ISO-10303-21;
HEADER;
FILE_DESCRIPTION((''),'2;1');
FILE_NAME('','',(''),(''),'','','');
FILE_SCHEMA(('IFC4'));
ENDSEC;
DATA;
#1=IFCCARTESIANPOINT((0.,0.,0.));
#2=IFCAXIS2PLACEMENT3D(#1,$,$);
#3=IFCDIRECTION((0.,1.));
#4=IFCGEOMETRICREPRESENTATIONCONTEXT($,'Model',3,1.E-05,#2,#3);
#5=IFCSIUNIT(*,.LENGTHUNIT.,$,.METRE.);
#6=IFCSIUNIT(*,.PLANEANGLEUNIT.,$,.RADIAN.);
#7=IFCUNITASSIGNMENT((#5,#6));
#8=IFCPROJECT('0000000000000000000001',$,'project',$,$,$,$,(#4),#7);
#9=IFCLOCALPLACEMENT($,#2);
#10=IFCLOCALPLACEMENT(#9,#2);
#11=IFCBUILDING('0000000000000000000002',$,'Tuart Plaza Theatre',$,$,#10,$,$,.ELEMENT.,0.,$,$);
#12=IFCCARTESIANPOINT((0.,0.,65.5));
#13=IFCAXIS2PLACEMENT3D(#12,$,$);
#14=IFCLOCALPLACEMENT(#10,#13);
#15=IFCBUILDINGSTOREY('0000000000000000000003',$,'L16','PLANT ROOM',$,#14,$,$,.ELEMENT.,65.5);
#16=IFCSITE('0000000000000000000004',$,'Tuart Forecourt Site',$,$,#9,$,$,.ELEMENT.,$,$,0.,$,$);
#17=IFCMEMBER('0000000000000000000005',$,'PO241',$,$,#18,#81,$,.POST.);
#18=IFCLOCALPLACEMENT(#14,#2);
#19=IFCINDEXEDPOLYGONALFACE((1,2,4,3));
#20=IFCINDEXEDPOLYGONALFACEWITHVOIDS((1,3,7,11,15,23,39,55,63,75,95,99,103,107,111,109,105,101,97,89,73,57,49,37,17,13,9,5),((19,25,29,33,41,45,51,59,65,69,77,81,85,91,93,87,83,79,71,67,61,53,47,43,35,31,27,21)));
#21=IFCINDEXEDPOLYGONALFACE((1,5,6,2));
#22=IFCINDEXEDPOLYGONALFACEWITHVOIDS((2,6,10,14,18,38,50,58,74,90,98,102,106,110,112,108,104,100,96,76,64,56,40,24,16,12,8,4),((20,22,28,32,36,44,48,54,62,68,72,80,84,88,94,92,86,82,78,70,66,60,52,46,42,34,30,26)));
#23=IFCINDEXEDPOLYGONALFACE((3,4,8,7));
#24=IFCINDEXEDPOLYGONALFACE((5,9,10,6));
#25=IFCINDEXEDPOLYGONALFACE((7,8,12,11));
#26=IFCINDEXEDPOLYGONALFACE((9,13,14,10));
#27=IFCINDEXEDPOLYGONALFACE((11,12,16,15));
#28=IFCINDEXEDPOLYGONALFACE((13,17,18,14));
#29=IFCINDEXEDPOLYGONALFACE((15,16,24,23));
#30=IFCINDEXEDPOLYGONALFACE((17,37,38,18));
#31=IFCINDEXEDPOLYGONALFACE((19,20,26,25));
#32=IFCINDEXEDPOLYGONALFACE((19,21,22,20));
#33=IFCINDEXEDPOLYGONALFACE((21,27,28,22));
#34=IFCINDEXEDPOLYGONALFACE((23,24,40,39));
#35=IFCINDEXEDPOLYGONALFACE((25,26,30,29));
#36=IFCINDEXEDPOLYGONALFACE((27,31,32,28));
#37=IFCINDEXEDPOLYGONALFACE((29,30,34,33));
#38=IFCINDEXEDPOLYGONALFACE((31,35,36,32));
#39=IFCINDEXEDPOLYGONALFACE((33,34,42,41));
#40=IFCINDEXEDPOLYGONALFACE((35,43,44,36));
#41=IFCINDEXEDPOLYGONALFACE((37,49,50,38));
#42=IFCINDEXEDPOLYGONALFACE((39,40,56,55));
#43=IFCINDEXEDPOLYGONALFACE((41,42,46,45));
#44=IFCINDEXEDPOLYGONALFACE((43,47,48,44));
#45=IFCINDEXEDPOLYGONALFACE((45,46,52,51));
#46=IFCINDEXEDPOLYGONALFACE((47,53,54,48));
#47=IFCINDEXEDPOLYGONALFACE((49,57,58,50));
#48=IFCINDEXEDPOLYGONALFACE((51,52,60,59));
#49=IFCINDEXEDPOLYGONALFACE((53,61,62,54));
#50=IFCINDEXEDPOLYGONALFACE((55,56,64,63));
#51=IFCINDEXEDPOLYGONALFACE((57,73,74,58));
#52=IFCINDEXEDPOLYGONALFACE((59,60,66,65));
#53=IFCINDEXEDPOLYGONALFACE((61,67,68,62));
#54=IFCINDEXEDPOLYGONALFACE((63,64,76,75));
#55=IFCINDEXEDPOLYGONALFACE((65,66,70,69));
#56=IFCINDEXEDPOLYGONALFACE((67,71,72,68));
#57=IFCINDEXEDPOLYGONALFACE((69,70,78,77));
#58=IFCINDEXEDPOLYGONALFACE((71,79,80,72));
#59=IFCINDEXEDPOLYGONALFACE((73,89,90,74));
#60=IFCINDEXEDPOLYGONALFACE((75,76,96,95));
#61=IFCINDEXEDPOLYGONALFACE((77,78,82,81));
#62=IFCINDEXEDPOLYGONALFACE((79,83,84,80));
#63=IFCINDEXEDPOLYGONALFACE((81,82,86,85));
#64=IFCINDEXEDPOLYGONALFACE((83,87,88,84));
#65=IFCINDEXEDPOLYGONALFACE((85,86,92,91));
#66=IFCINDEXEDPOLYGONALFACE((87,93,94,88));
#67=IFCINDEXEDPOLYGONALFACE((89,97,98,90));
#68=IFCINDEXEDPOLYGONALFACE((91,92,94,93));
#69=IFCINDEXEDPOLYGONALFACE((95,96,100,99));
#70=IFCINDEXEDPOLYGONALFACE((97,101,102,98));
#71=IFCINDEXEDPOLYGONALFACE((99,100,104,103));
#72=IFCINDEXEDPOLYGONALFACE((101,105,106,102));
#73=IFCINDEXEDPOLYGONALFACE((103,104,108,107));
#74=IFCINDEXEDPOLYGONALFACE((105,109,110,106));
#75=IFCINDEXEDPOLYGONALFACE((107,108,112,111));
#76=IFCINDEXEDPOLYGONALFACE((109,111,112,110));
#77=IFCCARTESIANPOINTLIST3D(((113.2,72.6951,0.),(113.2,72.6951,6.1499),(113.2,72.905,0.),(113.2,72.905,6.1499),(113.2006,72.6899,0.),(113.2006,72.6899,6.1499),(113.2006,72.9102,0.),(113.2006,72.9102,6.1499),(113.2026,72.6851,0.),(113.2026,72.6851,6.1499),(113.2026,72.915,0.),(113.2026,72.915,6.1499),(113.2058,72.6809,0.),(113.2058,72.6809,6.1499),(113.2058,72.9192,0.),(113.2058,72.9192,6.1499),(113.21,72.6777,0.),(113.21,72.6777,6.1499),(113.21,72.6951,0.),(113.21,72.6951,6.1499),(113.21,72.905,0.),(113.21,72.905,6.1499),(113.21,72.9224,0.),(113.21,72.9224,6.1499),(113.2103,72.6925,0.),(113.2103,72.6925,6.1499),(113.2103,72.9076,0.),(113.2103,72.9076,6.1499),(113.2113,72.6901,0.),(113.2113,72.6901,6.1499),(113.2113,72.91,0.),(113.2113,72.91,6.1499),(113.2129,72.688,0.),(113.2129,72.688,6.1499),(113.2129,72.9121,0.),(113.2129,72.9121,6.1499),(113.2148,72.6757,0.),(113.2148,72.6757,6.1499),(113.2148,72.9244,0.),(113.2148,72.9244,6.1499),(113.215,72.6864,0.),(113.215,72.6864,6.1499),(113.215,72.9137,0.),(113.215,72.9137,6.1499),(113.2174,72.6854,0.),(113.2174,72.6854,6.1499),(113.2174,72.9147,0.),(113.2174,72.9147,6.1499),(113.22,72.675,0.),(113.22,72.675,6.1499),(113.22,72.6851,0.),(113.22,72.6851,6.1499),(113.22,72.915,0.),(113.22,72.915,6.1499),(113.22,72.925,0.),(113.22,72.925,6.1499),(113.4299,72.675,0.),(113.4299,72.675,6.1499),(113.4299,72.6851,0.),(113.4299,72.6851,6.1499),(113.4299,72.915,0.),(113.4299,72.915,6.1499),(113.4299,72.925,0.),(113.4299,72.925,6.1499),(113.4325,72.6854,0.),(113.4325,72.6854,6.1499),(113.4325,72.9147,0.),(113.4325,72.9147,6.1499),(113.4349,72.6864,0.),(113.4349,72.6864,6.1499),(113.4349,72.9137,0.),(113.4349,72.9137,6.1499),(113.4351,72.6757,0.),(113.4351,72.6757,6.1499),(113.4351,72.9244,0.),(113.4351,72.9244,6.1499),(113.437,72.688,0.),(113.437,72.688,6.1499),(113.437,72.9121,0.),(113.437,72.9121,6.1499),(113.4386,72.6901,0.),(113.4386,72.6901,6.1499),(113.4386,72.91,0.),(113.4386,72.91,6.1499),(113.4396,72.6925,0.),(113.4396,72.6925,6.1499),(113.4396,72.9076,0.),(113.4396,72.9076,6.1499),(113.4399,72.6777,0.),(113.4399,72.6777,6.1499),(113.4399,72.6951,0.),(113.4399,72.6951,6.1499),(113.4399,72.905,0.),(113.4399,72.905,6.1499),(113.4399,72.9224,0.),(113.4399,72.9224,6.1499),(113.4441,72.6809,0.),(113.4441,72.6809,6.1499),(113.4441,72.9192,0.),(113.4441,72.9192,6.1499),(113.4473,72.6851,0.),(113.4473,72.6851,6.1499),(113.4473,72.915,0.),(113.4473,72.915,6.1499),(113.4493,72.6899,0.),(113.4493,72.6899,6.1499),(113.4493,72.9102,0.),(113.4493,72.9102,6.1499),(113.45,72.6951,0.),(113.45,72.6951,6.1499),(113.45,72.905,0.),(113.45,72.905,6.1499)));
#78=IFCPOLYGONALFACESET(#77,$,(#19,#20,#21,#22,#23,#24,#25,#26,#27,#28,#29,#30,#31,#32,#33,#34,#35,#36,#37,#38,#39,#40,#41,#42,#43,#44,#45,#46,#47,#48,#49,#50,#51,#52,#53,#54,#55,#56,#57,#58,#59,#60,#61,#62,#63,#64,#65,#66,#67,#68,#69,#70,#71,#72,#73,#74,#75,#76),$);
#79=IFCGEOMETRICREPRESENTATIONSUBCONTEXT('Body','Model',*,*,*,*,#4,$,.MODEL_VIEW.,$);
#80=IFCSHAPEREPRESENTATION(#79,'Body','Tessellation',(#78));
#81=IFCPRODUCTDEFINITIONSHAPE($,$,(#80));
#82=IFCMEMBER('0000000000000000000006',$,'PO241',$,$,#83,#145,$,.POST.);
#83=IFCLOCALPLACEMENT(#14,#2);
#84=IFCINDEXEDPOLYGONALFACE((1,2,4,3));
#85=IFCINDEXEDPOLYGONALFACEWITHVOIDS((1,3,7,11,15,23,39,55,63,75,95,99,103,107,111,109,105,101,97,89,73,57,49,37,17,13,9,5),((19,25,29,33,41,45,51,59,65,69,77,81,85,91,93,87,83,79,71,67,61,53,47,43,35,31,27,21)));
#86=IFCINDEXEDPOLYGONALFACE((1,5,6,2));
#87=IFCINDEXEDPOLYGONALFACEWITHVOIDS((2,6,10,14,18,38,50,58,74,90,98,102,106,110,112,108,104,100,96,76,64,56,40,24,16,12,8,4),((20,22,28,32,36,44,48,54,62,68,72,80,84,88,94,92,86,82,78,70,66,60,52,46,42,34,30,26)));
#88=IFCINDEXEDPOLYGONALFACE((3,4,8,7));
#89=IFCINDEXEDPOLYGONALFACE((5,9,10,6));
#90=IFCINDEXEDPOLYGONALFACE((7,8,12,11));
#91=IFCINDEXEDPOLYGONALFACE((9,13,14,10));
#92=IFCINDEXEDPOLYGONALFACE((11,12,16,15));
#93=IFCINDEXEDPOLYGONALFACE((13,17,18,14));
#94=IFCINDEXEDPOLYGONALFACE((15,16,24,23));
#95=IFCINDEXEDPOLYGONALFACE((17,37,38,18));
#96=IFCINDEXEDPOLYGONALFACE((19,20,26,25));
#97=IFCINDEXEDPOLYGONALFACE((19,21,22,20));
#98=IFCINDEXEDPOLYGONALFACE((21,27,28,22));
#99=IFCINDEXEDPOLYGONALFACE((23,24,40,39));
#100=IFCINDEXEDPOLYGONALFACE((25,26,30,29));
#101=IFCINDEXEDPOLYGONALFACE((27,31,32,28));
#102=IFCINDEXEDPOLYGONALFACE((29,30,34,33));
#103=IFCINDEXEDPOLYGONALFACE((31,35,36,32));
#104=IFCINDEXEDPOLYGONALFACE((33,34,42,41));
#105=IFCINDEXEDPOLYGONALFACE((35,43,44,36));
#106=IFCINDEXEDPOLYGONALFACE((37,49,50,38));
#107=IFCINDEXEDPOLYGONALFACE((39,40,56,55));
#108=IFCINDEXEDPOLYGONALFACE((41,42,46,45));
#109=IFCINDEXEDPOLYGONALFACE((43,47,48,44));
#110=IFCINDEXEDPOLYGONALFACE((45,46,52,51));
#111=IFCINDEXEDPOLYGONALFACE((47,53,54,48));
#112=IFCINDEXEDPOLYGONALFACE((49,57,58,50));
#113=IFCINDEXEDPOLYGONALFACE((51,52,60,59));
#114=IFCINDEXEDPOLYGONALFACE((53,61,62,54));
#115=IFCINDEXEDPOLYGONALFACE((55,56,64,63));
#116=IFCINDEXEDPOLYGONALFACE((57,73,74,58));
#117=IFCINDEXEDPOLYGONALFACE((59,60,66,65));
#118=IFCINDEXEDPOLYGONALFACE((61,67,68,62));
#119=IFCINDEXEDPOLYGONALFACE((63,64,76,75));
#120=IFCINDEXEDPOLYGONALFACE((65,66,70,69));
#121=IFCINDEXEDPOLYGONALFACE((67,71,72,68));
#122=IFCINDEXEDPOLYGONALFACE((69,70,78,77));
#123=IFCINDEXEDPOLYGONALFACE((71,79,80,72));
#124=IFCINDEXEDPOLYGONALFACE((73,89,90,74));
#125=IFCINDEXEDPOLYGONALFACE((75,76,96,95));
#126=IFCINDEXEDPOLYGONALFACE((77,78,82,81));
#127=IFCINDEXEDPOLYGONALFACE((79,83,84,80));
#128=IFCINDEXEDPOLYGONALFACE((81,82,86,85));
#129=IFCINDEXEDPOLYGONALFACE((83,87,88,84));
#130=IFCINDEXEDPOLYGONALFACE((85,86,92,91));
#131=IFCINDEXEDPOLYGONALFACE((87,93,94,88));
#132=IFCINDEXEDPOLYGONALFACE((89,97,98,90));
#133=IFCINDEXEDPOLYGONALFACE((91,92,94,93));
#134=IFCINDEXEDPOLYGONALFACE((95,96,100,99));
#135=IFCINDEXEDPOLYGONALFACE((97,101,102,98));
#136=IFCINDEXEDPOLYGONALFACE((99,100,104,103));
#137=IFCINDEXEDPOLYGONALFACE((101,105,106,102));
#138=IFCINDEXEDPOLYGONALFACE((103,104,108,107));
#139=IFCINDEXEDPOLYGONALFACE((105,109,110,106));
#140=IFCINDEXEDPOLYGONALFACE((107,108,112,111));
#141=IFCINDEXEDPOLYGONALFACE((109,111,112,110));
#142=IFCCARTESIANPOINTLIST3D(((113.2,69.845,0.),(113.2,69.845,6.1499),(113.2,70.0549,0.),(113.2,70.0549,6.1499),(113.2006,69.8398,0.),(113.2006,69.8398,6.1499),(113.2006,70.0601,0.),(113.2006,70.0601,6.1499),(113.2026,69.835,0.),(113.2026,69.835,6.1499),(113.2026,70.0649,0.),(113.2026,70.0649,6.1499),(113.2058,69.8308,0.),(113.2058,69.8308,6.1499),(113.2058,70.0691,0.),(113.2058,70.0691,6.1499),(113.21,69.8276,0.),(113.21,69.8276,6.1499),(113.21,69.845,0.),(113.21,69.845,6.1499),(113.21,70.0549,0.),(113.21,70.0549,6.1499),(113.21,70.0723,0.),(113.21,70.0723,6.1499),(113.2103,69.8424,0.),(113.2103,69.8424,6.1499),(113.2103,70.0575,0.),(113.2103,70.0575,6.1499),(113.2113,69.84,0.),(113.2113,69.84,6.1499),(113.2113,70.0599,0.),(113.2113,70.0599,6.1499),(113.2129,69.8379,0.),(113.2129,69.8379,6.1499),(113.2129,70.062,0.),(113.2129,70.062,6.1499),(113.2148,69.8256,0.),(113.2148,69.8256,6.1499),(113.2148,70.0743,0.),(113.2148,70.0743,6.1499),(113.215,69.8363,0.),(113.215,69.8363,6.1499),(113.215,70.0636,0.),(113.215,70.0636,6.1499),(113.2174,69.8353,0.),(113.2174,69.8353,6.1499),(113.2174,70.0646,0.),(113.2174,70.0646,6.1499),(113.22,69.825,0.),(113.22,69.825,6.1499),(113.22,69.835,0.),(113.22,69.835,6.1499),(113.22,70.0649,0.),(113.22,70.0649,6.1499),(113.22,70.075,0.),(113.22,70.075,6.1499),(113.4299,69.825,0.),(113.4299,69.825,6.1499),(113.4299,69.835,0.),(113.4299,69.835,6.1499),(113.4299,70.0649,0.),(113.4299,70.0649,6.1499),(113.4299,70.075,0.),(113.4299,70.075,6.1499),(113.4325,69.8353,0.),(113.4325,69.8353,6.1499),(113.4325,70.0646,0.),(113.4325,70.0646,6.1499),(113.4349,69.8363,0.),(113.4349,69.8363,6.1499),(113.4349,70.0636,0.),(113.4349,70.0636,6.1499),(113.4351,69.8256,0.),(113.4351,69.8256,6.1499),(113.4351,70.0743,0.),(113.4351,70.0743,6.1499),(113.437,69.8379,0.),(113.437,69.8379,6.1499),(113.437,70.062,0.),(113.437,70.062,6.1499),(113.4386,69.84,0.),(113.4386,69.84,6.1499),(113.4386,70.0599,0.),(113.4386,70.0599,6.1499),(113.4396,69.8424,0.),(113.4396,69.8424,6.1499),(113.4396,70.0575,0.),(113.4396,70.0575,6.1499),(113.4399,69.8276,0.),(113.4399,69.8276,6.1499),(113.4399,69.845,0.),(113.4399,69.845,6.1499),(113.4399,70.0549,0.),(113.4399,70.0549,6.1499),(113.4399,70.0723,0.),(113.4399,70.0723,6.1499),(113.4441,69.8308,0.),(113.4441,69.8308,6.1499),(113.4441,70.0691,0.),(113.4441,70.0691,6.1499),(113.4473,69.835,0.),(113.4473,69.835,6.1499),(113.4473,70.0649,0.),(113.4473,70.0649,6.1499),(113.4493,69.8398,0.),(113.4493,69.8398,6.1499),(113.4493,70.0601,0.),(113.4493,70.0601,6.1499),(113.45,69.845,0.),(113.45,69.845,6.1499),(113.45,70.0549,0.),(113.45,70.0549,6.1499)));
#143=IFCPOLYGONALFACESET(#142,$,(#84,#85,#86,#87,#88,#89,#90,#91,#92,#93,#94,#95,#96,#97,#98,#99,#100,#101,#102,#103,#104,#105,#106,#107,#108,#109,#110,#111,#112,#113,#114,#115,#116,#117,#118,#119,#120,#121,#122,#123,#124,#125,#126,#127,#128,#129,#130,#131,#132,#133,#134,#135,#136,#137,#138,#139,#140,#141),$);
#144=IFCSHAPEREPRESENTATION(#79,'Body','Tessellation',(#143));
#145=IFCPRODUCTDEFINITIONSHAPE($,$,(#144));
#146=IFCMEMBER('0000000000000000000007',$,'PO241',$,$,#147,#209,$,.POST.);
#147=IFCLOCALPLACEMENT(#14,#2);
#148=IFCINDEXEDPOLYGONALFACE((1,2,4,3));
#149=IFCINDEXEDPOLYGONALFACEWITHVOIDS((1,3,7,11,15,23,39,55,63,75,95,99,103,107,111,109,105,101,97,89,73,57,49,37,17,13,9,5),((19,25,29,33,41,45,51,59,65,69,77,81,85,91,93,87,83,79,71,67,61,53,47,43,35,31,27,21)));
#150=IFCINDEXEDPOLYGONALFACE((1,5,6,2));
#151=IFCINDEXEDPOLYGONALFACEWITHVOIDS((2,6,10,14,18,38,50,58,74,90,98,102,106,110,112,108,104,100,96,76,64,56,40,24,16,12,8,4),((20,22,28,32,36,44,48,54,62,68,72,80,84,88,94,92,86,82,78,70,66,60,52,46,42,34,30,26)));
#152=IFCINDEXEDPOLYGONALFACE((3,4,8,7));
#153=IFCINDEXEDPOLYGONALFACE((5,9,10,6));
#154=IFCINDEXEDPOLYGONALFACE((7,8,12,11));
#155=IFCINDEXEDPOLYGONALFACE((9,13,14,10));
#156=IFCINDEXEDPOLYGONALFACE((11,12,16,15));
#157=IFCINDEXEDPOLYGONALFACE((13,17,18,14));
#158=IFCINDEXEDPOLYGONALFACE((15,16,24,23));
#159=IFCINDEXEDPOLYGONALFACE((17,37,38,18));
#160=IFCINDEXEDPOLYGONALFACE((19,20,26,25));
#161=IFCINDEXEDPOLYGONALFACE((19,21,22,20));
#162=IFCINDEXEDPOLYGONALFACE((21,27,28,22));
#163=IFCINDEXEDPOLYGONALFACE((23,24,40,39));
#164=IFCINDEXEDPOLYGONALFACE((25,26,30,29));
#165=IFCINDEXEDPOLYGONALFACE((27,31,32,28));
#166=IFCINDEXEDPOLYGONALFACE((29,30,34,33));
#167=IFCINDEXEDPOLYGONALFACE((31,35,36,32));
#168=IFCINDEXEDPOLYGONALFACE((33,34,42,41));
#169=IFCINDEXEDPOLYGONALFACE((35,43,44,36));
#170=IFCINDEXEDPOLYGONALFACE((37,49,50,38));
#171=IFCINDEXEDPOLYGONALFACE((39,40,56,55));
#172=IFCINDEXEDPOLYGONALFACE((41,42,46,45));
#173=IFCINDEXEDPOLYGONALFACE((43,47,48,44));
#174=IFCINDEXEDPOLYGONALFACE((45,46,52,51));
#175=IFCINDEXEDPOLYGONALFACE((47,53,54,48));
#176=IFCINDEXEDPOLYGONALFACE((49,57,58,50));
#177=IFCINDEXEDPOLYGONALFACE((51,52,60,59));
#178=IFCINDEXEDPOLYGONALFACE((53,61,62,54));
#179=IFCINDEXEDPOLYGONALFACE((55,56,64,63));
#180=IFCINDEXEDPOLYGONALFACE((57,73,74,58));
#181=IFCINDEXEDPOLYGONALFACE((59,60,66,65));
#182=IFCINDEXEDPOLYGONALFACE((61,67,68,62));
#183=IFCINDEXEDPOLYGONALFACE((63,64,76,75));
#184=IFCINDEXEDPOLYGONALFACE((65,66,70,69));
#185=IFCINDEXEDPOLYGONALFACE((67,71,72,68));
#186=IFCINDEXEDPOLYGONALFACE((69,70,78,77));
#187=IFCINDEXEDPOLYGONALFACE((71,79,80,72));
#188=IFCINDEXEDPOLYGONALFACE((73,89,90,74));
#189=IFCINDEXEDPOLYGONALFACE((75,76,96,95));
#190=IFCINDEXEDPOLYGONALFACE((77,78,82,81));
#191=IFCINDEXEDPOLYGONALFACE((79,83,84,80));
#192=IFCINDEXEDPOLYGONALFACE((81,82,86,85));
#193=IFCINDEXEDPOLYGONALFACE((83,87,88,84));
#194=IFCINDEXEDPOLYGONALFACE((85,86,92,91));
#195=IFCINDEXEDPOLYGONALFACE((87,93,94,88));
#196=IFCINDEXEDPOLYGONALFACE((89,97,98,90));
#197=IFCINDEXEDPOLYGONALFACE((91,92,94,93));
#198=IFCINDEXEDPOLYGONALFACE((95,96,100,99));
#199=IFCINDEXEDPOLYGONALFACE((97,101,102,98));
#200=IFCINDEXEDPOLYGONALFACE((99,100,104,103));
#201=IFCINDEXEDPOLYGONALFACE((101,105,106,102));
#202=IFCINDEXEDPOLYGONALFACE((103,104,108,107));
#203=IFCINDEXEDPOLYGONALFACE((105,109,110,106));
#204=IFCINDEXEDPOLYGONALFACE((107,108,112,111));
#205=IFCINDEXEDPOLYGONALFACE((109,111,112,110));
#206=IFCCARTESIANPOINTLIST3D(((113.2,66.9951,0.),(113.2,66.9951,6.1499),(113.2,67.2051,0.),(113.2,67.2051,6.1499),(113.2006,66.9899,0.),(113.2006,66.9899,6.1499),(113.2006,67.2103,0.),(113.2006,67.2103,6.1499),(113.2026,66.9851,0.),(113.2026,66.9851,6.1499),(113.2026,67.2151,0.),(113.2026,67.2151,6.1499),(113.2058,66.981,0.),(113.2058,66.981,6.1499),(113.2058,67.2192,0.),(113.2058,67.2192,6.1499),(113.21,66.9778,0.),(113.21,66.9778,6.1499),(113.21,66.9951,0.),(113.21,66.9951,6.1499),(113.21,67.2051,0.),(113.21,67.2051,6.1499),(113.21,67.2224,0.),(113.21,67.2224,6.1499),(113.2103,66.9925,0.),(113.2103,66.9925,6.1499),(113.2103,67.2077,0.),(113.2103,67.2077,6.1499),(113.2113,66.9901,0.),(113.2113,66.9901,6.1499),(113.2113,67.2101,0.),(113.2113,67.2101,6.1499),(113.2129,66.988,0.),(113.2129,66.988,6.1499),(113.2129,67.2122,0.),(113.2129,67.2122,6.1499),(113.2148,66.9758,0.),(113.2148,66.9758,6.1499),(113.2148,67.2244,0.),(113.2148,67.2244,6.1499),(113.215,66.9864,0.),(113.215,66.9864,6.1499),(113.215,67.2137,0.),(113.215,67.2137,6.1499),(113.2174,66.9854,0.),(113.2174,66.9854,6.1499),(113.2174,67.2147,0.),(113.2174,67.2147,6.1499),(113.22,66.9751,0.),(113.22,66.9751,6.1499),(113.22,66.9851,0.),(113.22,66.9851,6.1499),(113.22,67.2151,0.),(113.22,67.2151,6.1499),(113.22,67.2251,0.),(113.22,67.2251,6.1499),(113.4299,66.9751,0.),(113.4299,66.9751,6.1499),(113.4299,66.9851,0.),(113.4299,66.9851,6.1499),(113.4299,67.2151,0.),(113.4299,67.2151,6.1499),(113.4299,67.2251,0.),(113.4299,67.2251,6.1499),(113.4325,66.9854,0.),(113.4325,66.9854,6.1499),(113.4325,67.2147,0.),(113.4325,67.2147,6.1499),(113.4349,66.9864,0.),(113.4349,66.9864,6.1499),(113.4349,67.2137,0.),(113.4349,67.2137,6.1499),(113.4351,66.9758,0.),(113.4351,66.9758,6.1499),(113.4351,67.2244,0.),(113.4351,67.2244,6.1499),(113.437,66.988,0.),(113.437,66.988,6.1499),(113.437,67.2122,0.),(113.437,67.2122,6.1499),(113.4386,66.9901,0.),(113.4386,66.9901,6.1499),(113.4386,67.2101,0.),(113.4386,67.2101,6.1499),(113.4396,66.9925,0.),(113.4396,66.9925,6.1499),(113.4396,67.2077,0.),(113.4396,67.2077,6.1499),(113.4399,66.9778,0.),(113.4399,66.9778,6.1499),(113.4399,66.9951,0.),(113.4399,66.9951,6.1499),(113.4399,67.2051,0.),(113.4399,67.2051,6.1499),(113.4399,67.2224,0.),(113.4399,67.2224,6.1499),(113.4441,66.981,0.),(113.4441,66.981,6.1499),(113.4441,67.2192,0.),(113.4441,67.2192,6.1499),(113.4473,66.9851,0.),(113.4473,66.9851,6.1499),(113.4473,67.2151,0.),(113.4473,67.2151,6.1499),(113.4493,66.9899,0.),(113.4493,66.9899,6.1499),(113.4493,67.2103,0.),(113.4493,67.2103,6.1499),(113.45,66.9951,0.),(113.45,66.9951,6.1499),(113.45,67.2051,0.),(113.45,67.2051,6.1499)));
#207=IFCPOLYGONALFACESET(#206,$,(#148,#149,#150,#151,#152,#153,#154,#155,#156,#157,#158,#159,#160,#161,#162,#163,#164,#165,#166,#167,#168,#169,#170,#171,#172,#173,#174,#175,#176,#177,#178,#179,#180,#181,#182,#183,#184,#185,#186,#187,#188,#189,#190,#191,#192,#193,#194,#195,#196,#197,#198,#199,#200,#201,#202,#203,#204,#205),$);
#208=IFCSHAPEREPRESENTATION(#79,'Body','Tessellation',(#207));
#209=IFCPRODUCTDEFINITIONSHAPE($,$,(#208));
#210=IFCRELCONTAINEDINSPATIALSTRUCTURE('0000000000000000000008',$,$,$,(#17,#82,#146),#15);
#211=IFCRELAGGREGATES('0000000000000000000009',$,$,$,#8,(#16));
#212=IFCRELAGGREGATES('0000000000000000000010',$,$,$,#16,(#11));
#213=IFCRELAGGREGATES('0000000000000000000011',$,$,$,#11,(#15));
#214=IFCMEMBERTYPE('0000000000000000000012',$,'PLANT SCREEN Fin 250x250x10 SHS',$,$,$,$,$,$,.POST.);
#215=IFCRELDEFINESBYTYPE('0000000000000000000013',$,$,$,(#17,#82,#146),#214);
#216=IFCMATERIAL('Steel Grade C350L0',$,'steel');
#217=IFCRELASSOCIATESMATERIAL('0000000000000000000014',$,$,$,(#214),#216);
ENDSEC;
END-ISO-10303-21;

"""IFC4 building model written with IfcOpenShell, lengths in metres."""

from ifc_helpers import new_model, si_unit, direction, frame, origin, origin_2d, place, context, subcontext, project, spatial, hollow_rectangle, extrude, material, material_profile, profile_set, type_object, element, save


model = new_model("IFC4")

# Units and contexts
model_context = context("Model", 3, precision=1e-05, world=origin(), true_north=direction((0.0, 1.0)))
body_context = subcontext(model_context, "Body", "Model", "MODEL_VIEW")
ifc_project = project(units=[si_unit("LENGTHUNIT", "METRE"), si_unit("PLANEANGLEUNIT", "RADIAN")], contexts=[model_context])

# Site, building, storey
site_placement = place(None, origin())
site = spatial("IfcSite", under=ifc_project, at=site_placement, Name="Tuart Forecourt Site", CompositionType="ELEMENT", RefElevation=0.0)
building_placement = place(site_placement, origin())
building = spatial("IfcBuilding", under=site, at=building_placement, Name="Tuart Plaza Theatre", CompositionType="ELEMENT", ElevationOfRefHeight=0.0)
storey_placement = place(building_placement, frame((0.0, 0.0, 65.5)))
storey = spatial("IfcBuildingStorey", under=building, at=storey_placement, Name="L16", Description="PLANT ROOM", CompositionType="ELEMENT", Elevation=65.5)

# Members
ifc_material_1 = material(Name="Steel Grade C350L0", Category="steel")
ifc_material_profile = material_profile(ifc_material_1, hollow_rectangle(XDim=0.25, YDim=0.25, WallThickness=0.01, InnerFilletRadius=0.01, OuterFilletRadius=0.02, at=origin_2d()), Name="250x250x10 SHS")
ifc_profile_set = profile_set([ifc_material_profile], Name="Steel Grade C350L0")
member_type = type_object("IfcMemberType", Name="PLANT SCREEN Fin 250x250x10 SHS", PredefinedType="POST", material=ifc_profile_set)
for number, where, z_axis, x_axis, name in (
    (1, (113.325, 72.8, 0.0), (0.0, 0.0, 1.0), (1.0, 0.0, 0.0), "PO241"),
    (2, (113.325, 69.95, 0.0), (0.0, 0.0, 1.0), (1.0, 0.0, 0.0), "PO241"),
    (3, (113.325, 67.1001, 0.0), (0.0, 0.0, 1.0), (1.0, 0.0, 0.0), "PO241"),
):
    element("IfcMember", number, at=place(storey_placement, frame(where, z_axis=z_axis, x_axis=x_axis)), inside=storey, type_object=member_type, Name=name, PredefinedType="POST", context=body_context, shape_type="SweptSolid", body=[
        extrude(hollow_rectangle(XDim=0.25, YDim=0.25, WallThickness=0.01, InnerFilletRadius=0.01, OuterFilletRadius=0.02, at=origin_2d()), origin(), (0.0, 0.0, 1.0), 6.1499),
    ])

save(model, "model.ifc")
